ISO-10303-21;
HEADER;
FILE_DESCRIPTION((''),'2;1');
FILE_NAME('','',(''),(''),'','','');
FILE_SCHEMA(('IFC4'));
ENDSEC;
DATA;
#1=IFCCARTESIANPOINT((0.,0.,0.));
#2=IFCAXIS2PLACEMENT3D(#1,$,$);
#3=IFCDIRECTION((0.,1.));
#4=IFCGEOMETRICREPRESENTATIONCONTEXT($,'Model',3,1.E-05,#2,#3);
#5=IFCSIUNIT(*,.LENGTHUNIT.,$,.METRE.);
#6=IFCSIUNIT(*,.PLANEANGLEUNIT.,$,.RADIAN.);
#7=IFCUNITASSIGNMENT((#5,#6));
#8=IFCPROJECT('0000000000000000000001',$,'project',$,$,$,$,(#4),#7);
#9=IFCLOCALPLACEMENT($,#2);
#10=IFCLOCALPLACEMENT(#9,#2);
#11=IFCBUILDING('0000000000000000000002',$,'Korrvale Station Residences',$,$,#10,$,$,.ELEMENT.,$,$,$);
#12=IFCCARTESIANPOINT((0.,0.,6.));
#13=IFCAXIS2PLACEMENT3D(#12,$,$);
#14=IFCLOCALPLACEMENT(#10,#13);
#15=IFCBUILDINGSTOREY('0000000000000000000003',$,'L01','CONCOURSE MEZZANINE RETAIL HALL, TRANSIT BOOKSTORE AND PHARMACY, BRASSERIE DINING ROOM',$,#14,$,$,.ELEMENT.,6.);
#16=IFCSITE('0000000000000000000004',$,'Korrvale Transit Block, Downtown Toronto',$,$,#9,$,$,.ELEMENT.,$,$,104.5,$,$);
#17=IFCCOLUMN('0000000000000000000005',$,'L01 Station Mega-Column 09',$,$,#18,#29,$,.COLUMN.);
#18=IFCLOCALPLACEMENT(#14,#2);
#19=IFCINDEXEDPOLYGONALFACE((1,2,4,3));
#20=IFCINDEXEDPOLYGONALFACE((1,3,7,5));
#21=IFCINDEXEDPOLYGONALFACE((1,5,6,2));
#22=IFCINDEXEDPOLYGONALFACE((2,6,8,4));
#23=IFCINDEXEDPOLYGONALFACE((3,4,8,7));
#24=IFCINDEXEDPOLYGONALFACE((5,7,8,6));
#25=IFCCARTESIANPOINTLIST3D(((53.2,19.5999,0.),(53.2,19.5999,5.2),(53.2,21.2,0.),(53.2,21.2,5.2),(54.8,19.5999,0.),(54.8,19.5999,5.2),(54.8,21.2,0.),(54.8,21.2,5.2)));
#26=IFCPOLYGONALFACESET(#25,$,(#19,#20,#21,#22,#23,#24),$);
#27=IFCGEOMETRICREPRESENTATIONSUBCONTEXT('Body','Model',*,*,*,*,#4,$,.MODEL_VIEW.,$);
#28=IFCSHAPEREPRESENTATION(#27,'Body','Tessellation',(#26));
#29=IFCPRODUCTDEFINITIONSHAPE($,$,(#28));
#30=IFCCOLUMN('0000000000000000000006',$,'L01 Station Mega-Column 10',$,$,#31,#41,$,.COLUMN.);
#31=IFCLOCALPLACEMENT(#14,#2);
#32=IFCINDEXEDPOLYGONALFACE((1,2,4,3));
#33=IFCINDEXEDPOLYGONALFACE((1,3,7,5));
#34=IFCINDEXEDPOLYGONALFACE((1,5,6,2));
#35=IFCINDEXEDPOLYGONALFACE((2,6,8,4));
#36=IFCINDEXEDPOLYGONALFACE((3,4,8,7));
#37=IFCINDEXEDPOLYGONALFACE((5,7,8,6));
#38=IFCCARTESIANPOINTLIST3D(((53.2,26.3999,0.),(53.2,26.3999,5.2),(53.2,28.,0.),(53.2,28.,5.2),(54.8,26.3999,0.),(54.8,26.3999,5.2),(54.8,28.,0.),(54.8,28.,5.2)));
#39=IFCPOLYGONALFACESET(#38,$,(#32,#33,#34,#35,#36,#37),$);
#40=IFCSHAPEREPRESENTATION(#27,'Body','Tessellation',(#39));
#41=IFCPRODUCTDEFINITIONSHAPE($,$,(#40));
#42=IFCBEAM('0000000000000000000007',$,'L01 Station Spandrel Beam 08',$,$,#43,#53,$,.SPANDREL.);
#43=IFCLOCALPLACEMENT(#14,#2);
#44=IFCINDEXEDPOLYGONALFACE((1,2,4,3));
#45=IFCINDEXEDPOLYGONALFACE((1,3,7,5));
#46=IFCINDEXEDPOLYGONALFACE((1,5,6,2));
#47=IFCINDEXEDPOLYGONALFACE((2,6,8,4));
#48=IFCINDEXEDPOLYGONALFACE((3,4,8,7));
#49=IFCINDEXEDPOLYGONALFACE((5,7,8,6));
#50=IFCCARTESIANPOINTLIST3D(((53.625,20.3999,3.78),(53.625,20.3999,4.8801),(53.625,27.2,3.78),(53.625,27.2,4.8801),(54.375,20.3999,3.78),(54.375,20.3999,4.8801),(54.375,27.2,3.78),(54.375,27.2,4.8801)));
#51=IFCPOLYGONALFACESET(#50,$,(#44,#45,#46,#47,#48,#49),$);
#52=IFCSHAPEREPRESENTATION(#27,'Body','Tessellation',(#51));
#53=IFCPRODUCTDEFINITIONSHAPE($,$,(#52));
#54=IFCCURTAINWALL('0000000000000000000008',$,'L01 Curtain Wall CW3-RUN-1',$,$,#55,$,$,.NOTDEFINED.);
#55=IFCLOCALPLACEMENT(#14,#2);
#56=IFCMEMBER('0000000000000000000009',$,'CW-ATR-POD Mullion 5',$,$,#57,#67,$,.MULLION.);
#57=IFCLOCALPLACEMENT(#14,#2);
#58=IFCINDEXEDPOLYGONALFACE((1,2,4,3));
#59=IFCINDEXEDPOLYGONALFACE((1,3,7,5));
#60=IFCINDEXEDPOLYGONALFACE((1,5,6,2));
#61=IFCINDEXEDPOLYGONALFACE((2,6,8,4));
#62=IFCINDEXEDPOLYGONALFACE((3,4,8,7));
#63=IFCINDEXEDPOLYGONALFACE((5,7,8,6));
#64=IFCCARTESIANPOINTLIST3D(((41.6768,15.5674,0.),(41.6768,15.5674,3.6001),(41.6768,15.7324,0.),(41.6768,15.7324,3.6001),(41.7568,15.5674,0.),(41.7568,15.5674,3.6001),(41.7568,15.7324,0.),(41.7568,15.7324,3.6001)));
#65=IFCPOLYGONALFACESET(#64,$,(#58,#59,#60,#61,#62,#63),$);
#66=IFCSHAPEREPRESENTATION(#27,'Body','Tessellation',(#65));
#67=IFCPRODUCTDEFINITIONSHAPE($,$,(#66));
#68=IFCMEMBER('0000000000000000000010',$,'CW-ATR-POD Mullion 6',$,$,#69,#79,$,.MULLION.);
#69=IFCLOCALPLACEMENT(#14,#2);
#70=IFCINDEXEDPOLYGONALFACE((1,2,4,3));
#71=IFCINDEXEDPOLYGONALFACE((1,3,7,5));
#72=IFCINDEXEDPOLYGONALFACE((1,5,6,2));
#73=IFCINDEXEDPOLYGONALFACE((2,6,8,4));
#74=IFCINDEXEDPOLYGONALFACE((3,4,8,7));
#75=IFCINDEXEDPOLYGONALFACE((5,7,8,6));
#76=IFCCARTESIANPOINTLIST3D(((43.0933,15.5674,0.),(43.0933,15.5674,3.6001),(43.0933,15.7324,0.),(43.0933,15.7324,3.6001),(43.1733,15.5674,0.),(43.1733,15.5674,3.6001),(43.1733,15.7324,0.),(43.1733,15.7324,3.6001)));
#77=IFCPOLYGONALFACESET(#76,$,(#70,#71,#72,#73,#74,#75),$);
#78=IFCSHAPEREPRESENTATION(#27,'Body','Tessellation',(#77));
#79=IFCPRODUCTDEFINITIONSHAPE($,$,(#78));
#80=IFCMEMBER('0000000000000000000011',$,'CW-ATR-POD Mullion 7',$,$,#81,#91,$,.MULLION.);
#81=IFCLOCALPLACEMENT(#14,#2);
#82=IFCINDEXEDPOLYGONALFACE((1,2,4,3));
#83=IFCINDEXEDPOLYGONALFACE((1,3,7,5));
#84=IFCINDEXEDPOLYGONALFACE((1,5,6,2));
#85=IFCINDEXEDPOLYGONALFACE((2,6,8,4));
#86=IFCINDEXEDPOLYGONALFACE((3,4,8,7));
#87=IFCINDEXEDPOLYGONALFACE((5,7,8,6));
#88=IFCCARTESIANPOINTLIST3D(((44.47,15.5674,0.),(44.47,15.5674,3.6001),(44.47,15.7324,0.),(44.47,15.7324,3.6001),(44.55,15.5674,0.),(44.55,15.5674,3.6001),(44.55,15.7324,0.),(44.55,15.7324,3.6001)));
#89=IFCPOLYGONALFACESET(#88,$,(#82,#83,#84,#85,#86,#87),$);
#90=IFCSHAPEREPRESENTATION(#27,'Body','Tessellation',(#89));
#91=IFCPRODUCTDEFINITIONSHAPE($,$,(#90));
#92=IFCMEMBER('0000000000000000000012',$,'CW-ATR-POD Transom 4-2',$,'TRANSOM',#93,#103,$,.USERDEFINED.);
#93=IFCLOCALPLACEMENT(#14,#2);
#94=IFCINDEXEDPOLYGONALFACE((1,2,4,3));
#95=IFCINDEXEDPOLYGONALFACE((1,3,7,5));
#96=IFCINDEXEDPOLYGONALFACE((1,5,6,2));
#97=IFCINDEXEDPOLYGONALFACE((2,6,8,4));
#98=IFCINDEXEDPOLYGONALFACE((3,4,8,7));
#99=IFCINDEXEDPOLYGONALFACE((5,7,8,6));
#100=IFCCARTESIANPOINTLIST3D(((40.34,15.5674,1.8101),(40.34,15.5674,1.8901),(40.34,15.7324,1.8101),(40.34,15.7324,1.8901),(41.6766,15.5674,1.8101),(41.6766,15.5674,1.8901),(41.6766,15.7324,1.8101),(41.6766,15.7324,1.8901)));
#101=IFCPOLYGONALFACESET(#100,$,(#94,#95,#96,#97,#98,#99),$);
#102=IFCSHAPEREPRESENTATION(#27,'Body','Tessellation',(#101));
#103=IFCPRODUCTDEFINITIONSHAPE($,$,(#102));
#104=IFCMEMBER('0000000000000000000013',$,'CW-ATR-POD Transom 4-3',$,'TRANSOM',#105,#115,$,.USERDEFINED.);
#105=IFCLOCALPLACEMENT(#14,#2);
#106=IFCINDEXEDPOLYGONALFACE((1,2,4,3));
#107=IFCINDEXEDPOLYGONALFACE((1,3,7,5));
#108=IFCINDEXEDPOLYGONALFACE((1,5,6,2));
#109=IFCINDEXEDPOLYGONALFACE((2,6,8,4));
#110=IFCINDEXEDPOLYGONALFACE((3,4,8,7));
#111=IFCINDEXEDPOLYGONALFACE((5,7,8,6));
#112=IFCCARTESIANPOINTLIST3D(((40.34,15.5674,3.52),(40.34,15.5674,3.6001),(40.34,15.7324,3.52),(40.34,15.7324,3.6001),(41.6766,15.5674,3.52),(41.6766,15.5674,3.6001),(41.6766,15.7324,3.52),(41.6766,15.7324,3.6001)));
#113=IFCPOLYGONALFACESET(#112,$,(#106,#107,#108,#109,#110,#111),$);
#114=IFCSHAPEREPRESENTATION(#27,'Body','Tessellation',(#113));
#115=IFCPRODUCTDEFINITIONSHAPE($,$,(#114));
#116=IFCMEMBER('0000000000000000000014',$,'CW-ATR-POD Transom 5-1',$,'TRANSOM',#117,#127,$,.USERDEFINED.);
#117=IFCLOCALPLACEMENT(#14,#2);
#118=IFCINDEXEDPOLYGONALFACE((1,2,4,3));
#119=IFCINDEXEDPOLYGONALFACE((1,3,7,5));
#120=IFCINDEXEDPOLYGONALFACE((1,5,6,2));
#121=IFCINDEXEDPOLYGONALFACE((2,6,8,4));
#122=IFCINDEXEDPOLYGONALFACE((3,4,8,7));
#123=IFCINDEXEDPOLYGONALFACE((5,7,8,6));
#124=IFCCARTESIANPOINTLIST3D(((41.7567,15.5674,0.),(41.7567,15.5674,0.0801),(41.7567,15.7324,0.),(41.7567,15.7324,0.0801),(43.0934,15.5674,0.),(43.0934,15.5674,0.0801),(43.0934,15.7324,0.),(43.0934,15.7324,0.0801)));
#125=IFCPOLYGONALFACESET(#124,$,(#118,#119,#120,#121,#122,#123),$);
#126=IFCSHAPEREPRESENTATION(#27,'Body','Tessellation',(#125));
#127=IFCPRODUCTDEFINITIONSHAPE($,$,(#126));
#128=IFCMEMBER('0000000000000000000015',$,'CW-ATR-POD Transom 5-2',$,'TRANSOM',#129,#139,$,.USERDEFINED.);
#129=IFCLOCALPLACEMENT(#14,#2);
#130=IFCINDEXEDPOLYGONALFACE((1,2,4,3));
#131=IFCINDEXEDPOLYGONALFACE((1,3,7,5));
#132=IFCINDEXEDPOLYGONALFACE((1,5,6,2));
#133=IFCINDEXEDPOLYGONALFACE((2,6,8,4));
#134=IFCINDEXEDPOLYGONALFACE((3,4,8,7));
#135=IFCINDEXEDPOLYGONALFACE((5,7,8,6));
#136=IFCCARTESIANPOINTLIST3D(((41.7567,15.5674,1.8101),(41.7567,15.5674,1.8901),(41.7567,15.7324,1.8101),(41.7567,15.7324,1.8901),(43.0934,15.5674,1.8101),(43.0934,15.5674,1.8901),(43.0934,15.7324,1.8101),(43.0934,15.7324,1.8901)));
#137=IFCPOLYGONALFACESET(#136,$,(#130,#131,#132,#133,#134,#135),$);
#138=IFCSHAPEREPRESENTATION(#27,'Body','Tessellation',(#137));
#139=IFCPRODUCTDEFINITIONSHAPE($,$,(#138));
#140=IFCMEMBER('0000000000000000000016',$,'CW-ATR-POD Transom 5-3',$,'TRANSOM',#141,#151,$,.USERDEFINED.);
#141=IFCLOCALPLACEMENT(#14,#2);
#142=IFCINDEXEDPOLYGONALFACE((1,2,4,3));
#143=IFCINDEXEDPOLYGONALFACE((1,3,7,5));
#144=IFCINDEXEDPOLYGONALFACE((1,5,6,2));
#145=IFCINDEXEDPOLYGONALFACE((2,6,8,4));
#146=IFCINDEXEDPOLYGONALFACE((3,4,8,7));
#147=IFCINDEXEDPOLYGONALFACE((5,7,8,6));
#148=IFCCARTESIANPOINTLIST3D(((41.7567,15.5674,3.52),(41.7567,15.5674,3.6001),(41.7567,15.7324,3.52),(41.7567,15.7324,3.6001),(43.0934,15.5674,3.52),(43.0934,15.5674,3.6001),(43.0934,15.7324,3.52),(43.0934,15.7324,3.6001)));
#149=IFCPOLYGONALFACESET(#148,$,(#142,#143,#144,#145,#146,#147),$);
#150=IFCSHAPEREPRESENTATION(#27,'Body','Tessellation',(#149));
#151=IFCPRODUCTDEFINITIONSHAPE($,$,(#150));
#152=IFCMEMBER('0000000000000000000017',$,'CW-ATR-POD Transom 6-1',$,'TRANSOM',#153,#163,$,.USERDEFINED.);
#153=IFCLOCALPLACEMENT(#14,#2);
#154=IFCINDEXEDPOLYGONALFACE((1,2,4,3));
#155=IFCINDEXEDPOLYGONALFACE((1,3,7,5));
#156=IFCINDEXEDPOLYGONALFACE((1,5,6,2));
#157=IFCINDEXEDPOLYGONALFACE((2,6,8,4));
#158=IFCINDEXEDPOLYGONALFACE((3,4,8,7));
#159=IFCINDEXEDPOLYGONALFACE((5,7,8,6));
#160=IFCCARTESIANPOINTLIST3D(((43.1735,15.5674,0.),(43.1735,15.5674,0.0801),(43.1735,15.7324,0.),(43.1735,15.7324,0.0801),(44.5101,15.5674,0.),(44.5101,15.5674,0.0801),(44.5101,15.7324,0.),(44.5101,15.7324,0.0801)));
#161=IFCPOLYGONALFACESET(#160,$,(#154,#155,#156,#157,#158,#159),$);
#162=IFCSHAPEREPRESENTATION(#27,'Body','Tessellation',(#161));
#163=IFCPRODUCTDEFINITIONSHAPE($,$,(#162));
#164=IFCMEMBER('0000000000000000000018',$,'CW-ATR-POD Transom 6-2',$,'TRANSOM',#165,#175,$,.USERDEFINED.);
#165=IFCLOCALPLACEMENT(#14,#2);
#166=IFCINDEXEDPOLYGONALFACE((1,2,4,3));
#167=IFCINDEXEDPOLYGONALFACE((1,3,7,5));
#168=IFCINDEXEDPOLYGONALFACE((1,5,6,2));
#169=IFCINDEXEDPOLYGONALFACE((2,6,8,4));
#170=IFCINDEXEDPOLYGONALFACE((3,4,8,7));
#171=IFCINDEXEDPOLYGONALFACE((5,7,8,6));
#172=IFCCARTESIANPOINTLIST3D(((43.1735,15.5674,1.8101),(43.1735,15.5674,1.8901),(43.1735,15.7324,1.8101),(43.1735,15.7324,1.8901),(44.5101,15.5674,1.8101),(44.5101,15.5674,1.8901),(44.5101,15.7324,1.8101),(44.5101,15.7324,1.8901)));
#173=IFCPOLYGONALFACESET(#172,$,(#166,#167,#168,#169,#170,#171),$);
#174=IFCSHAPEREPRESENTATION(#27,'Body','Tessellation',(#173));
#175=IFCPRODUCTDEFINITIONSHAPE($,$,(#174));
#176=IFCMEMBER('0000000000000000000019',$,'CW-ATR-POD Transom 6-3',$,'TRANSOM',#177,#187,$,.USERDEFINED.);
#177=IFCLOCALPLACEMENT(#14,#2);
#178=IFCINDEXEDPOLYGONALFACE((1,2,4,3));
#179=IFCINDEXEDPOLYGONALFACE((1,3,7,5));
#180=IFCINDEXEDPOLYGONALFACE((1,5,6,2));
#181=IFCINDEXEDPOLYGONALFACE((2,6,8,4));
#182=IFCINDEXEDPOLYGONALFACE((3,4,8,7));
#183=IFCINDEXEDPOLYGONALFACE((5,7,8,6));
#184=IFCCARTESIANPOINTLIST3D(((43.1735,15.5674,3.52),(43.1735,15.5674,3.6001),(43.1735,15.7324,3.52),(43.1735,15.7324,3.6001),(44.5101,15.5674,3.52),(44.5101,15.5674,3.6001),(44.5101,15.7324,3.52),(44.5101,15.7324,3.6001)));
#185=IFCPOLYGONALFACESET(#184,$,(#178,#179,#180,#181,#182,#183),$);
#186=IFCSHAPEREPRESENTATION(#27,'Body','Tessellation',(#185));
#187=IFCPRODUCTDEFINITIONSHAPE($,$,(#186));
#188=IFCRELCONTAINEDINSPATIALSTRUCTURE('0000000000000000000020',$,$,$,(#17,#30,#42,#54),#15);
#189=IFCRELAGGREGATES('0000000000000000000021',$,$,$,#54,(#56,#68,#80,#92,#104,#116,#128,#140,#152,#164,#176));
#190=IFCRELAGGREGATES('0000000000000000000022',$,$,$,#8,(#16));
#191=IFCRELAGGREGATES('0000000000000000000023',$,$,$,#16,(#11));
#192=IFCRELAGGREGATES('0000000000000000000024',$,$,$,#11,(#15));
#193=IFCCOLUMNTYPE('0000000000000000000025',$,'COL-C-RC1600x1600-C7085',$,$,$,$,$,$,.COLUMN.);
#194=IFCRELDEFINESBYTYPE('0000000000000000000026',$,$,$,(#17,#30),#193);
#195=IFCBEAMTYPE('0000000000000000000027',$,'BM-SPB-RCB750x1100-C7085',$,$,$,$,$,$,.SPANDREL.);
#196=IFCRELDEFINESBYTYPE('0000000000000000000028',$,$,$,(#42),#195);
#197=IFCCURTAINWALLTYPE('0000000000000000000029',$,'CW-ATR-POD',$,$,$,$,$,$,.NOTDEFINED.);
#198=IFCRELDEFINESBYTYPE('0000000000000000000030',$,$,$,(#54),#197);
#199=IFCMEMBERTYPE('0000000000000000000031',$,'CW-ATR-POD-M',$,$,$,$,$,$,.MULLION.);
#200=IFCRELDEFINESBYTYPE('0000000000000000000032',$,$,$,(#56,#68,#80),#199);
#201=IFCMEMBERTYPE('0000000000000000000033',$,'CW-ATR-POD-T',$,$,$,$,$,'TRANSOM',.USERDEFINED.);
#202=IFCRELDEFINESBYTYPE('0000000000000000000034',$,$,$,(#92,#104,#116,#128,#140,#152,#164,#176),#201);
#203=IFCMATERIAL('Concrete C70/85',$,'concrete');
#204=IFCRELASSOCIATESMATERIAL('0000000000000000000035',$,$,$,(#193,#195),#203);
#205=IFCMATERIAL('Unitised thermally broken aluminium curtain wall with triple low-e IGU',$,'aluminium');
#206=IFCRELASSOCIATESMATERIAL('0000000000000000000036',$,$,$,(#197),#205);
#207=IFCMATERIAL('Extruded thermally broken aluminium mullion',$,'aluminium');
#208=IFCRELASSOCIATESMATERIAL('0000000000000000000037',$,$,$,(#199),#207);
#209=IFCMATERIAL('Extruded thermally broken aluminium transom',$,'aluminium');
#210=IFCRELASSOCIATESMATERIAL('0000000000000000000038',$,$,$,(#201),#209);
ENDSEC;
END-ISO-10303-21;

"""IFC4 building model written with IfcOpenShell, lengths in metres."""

from ifc_helpers import new_model, si_unit, direction, frame, origin, origin_2d, place, context, subcontext, project, spatial, rectangle, extrude, material, material_profile, profile_set, type_object, element, aggregate, save


model = new_model("IFC4")

# Units and contexts
model_context = context("Model", 3, precision=1e-05, world=origin(), true_north=direction((0.0, 1.0)))
body_context = subcontext(model_context, "Body", "Model", "MODEL_VIEW")
ifc_project = project(units=[si_unit("LENGTHUNIT", "METRE"), si_unit("PLANEANGLEUNIT", "RADIAN")], contexts=[model_context])

# Site, building, storey
site_placement = place(None, origin())
site = spatial("IfcSite", under=ifc_project, at=site_placement, Name="Korrvale Transit Block, Downtown Toronto", CompositionType="ELEMENT", RefElevation=104.5)
building_placement = place(site_placement, origin())
building = spatial("IfcBuilding", under=site, at=building_placement, Name="Korrvale Station Residences", CompositionType="ELEMENT")
storey_placement = place(building_placement, frame((0.0, 0.0, 6.0)))
storey = spatial("IfcBuildingStorey", under=building, at=storey_placement, Name="L01", Description="CONCOURSE MEZZANINE RETAIL HALL, TRANSIT BOOKSTORE AND PHARMACY, BRASSERIE DINING ROOM", CompositionType="ELEMENT", Elevation=6.0)

# Columns
ifc_material_1 = material(Name="Concrete C70/85", Category="concrete")
ifc_material_profile_1 = material_profile(ifc_material_1, rectangle(XDim=1.6001, YDim=1.6001, at=origin_2d()), Name="RC1600x1600")
ifc_profile_set_1 = profile_set([ifc_material_profile_1], Name="Concrete C70/85")
column_type = type_object("IfcColumnType", Name="COL-C-RC1600x1600-C7085", PredefinedType="COLUMN", material=ifc_profile_set_1)
for number, where, z_axis, x_axis, name in (
    (1, (54.0, 20.3999, 0.0), (0.0, 0.0, 1.0), (1.0, 0.0, 0.0), "L01 Station Mega-Column 09"),
    (2, (54.0, 27.2, 0.0), (0.0, 0.0, 1.0), (1.0, 0.0, 0.0), "L01 Station Mega-Column 10"),
):
    element("IfcColumn", number, at=place(storey_placement, frame(where, z_axis=z_axis, x_axis=x_axis)), inside=storey, type_object=column_type, Name=name, PredefinedType="COLUMN", context=body_context, shape_type="SweptSolid", body=[
        extrude(rectangle(XDim=1.6001, YDim=1.6001, at=origin_2d()), origin(), (0.0, 0.0, 1.0), 5.2),
    ])

# Beam
ifc_material_profile_2 = material_profile(ifc_material_1, rectangle(XDim=0.75, YDim=1.1001, at=origin_2d()), Name="RCB750x1100")
ifc_profile_set_2 = profile_set([ifc_material_profile_2], Name="Concrete C70/85")
beam_type = type_object("IfcBeamType", Name="BM-SPB-RCB750x1100-C7085", PredefinedType="SPANDREL", material=ifc_profile_set_2)
beam_placement = place(storey_placement, frame((54.0, 20.3999, 4.3301), z_axis=(0.0, 1.0, 0.0), x_axis=(-1.0, 0.0, 0.0)))
element("IfcBeam", 3, at=beam_placement, inside=storey, type_object=beam_type, Name="L01 Station Spandrel Beam 08", PredefinedType="SPANDREL", context=body_context, shape_type="SweptSolid", body=[
    extrude(rectangle(XDim=0.75, YDim=1.1001, at=origin_2d()), origin(), (0.0, 0.0, 1.0), 6.8),
])

# Curtain wall, members
ifc_material_2 = material(Name="Unitised thermally broken aluminium curtain wall with triple low-e IGU", Category="aluminium")
curtain_wall_type = type_object("IfcCurtainWallType", Name="CW-ATR-POD", PredefinedType="NOTDEFINED", material=ifc_material_2)
curtain_wall_placement = place(storey_placement, origin())
curtain_wall = element("IfcCurtainWall", 4, at=curtain_wall_placement, inside=storey, type_object=curtain_wall_type, Name="L01 Curtain Wall CW3-RUN-1", PredefinedType="NOTDEFINED")
ifc_material_3 = material(Name="Extruded thermally broken aluminium mullion", Category="aluminium")
member_type_1 = type_object("IfcMemberType", Name="CW-ATR-POD-M", PredefinedType="MULLION", material=ifc_material_3)
member_1_placement = place(storey_placement, frame((41.7168, 15.6499, 0.0), z_axis=(0.0, 0.0, 1.0), x_axis=(1.0, 0.0, 0.0)))
member_1 = element("IfcMember", 5, at=member_1_placement, type_object=member_type_1, Name="CW-ATR-POD Mullion 5", PredefinedType="MULLION", context=body_context, shape_type="SweptSolid", body=[
    extrude(rectangle(XDim=0.0801, YDim=0.165, at=origin_2d()), origin(), (0.0, 0.0, 1.0), 3.6001),
])
member_2_placement = place(storey_placement, frame((43.1333, 15.6499, 0.0), z_axis=(0.0, 0.0, 1.0), x_axis=(1.0, 0.0, 0.0)))
member_2 = element("IfcMember", 6, at=member_2_placement, type_object=member_type_1, Name="CW-ATR-POD Mullion 6", PredefinedType="MULLION", context=body_context, shape_type="SweptSolid", body=[
    extrude(rectangle(XDim=0.0801, YDim=0.165, at=origin_2d()), origin(), (0.0, 0.0, 1.0), 3.6001),
])
member_3_placement = place(storey_placement, frame((44.51, 15.6499, 0.0), z_axis=(0.0, 0.0, 1.0), x_axis=(1.0, 0.0, 0.0)))
member_3 = element("IfcMember", 7, at=member_3_placement, type_object=member_type_1, Name="CW-ATR-POD Mullion 7", PredefinedType="MULLION", context=body_context, shape_type="SweptSolid", body=[
    extrude(rectangle(XDim=0.0801, YDim=0.165, at=origin_2d()), origin(), (0.0, 0.0, 1.0), 3.6001),
])
ifc_material_4 = material(Name="Extruded thermally broken aluminium transom", Category="aluminium")
member_type_2 = type_object("IfcMemberType", Name="CW-ATR-POD-T", ElementType="TRANSOM", PredefinedType="USERDEFINED", material=ifc_material_4)
member_4_placement = place(storey_placement, frame((41.0083, 15.6499, 1.8101), z_axis=(0.0, 0.0, 1.0), x_axis=(1.0, 0.0, 0.0)))
member_4 = element("IfcMember", 8, at=member_4_placement, type_object=member_type_2, Name="CW-ATR-POD Transom 4-2", ObjectType="TRANSOM", PredefinedType="USERDEFINED", context=body_context, shape_type="SweptSolid", body=[
    extrude(rectangle(XDim=1.3367, YDim=0.165, at=origin_2d()), origin(), (0.0, 0.0, 1.0), 0.0801),
])
member_5_placement = place(storey_placement, frame((41.0083, 15.6499, 3.52), z_axis=(0.0, 0.0, 1.0), x_axis=(1.0, 0.0, 0.0)))
member_5 = element("IfcMember", 9, at=member_5_placement, type_object=member_type_2, Name="CW-ATR-POD Transom 4-3", ObjectType="TRANSOM", PredefinedType="USERDEFINED", context=body_context, shape_type="SweptSolid", body=[
    extrude(rectangle(XDim=1.3367, YDim=0.165, at=origin_2d()), origin(), (0.0, 0.0, 1.0), 0.0801),
])
member_6_placement = place(storey_placement, frame((42.425, 15.6499, 0.0), z_axis=(0.0, 0.0, 1.0), x_axis=(1.0, 0.0, 0.0)))
member_6 = element("IfcMember", 10, at=member_6_placement, type_object=member_type_2, Name="CW-ATR-POD Transom 5-1", ObjectType="TRANSOM", PredefinedType="USERDEFINED", context=body_context, shape_type="SweptSolid", body=[
    extrude(rectangle(XDim=1.3367, YDim=0.165, at=origin_2d()), origin(), (0.0, 0.0, 1.0), 0.0801),
])
member_7_placement = place(storey_placement, frame((42.425, 15.6499, 1.8101), z_axis=(0.0, 0.0, 1.0), x_axis=(1.0, 0.0, 0.0)))
member_7 = element("IfcMember", 11, at=member_7_placement, type_object=member_type_2, Name="CW-ATR-POD Transom 5-2", ObjectType="TRANSOM", PredefinedType="USERDEFINED", context=body_context, shape_type="SweptSolid", body=[
    extrude(rectangle(XDim=1.3367, YDim=0.165, at=origin_2d()), origin(), (0.0, 0.0, 1.0), 0.0801),
])
member_8_placement = place(storey_placement, frame((42.425, 15.6499, 3.52), z_axis=(0.0, 0.0, 1.0), x_axis=(1.0, 0.0, 0.0)))
member_8 = element("IfcMember", 12, at=member_8_placement, type_object=member_type_2, Name="CW-ATR-POD Transom 5-3", ObjectType="TRANSOM", PredefinedType="USERDEFINED", context=body_context, shape_type="SweptSolid", body=[
    extrude(rectangle(XDim=1.3367, YDim=0.165, at=origin_2d()), origin(), (0.0, 0.0, 1.0), 0.0801),
])
member_9_placement = place(storey_placement, frame((43.8418, 15.6499, 0.0), z_axis=(0.0, 0.0, 1.0), x_axis=(1.0, 0.0, 0.0)))
member_9 = element("IfcMember", 13, at=member_9_placement, type_object=member_type_2, Name="CW-ATR-POD Transom 6-1", ObjectType="TRANSOM", PredefinedType="USERDEFINED", context=body_context, shape_type="SweptSolid", body=[
    extrude(rectangle(XDim=1.3367, YDim=0.165, at=origin_2d()), origin(), (0.0, 0.0, 1.0), 0.0801),
])
member_10_placement = place(storey_placement, frame((43.8418, 15.6499, 1.8101), z_axis=(0.0, 0.0, 1.0), x_axis=(1.0, 0.0, 0.0)))
member_10 = element("IfcMember", 14, at=member_10_placement, type_object=member_type_2, Name="CW-ATR-POD Transom 6-2", ObjectType="TRANSOM", PredefinedType="USERDEFINED", context=body_context, shape_type="SweptSolid", body=[
    extrude(rectangle(XDim=1.3367, YDim=0.165, at=origin_2d()), origin(), (0.0, 0.0, 1.0), 0.0801),
])
member_11_placement = place(storey_placement, frame((43.8418, 15.6499, 3.52), z_axis=(0.0, 0.0, 1.0), x_axis=(1.0, 0.0, 0.0)))
member_11 = element("IfcMember", 15, at=member_11_placement, type_object=member_type_2, Name="CW-ATR-POD Transom 6-3", ObjectType="TRANSOM", PredefinedType="USERDEFINED", context=body_context, shape_type="SweptSolid", body=[
    extrude(rectangle(XDim=1.3367, YDim=0.165, at=origin_2d()), origin(), (0.0, 0.0, 1.0), 0.0801),
])
aggregate(curtain_wall, [member_1, member_2, member_3, member_4, member_5, member_6, member_7, member_8, member_9, member_10, member_11])

save(model, "model.ifc")
